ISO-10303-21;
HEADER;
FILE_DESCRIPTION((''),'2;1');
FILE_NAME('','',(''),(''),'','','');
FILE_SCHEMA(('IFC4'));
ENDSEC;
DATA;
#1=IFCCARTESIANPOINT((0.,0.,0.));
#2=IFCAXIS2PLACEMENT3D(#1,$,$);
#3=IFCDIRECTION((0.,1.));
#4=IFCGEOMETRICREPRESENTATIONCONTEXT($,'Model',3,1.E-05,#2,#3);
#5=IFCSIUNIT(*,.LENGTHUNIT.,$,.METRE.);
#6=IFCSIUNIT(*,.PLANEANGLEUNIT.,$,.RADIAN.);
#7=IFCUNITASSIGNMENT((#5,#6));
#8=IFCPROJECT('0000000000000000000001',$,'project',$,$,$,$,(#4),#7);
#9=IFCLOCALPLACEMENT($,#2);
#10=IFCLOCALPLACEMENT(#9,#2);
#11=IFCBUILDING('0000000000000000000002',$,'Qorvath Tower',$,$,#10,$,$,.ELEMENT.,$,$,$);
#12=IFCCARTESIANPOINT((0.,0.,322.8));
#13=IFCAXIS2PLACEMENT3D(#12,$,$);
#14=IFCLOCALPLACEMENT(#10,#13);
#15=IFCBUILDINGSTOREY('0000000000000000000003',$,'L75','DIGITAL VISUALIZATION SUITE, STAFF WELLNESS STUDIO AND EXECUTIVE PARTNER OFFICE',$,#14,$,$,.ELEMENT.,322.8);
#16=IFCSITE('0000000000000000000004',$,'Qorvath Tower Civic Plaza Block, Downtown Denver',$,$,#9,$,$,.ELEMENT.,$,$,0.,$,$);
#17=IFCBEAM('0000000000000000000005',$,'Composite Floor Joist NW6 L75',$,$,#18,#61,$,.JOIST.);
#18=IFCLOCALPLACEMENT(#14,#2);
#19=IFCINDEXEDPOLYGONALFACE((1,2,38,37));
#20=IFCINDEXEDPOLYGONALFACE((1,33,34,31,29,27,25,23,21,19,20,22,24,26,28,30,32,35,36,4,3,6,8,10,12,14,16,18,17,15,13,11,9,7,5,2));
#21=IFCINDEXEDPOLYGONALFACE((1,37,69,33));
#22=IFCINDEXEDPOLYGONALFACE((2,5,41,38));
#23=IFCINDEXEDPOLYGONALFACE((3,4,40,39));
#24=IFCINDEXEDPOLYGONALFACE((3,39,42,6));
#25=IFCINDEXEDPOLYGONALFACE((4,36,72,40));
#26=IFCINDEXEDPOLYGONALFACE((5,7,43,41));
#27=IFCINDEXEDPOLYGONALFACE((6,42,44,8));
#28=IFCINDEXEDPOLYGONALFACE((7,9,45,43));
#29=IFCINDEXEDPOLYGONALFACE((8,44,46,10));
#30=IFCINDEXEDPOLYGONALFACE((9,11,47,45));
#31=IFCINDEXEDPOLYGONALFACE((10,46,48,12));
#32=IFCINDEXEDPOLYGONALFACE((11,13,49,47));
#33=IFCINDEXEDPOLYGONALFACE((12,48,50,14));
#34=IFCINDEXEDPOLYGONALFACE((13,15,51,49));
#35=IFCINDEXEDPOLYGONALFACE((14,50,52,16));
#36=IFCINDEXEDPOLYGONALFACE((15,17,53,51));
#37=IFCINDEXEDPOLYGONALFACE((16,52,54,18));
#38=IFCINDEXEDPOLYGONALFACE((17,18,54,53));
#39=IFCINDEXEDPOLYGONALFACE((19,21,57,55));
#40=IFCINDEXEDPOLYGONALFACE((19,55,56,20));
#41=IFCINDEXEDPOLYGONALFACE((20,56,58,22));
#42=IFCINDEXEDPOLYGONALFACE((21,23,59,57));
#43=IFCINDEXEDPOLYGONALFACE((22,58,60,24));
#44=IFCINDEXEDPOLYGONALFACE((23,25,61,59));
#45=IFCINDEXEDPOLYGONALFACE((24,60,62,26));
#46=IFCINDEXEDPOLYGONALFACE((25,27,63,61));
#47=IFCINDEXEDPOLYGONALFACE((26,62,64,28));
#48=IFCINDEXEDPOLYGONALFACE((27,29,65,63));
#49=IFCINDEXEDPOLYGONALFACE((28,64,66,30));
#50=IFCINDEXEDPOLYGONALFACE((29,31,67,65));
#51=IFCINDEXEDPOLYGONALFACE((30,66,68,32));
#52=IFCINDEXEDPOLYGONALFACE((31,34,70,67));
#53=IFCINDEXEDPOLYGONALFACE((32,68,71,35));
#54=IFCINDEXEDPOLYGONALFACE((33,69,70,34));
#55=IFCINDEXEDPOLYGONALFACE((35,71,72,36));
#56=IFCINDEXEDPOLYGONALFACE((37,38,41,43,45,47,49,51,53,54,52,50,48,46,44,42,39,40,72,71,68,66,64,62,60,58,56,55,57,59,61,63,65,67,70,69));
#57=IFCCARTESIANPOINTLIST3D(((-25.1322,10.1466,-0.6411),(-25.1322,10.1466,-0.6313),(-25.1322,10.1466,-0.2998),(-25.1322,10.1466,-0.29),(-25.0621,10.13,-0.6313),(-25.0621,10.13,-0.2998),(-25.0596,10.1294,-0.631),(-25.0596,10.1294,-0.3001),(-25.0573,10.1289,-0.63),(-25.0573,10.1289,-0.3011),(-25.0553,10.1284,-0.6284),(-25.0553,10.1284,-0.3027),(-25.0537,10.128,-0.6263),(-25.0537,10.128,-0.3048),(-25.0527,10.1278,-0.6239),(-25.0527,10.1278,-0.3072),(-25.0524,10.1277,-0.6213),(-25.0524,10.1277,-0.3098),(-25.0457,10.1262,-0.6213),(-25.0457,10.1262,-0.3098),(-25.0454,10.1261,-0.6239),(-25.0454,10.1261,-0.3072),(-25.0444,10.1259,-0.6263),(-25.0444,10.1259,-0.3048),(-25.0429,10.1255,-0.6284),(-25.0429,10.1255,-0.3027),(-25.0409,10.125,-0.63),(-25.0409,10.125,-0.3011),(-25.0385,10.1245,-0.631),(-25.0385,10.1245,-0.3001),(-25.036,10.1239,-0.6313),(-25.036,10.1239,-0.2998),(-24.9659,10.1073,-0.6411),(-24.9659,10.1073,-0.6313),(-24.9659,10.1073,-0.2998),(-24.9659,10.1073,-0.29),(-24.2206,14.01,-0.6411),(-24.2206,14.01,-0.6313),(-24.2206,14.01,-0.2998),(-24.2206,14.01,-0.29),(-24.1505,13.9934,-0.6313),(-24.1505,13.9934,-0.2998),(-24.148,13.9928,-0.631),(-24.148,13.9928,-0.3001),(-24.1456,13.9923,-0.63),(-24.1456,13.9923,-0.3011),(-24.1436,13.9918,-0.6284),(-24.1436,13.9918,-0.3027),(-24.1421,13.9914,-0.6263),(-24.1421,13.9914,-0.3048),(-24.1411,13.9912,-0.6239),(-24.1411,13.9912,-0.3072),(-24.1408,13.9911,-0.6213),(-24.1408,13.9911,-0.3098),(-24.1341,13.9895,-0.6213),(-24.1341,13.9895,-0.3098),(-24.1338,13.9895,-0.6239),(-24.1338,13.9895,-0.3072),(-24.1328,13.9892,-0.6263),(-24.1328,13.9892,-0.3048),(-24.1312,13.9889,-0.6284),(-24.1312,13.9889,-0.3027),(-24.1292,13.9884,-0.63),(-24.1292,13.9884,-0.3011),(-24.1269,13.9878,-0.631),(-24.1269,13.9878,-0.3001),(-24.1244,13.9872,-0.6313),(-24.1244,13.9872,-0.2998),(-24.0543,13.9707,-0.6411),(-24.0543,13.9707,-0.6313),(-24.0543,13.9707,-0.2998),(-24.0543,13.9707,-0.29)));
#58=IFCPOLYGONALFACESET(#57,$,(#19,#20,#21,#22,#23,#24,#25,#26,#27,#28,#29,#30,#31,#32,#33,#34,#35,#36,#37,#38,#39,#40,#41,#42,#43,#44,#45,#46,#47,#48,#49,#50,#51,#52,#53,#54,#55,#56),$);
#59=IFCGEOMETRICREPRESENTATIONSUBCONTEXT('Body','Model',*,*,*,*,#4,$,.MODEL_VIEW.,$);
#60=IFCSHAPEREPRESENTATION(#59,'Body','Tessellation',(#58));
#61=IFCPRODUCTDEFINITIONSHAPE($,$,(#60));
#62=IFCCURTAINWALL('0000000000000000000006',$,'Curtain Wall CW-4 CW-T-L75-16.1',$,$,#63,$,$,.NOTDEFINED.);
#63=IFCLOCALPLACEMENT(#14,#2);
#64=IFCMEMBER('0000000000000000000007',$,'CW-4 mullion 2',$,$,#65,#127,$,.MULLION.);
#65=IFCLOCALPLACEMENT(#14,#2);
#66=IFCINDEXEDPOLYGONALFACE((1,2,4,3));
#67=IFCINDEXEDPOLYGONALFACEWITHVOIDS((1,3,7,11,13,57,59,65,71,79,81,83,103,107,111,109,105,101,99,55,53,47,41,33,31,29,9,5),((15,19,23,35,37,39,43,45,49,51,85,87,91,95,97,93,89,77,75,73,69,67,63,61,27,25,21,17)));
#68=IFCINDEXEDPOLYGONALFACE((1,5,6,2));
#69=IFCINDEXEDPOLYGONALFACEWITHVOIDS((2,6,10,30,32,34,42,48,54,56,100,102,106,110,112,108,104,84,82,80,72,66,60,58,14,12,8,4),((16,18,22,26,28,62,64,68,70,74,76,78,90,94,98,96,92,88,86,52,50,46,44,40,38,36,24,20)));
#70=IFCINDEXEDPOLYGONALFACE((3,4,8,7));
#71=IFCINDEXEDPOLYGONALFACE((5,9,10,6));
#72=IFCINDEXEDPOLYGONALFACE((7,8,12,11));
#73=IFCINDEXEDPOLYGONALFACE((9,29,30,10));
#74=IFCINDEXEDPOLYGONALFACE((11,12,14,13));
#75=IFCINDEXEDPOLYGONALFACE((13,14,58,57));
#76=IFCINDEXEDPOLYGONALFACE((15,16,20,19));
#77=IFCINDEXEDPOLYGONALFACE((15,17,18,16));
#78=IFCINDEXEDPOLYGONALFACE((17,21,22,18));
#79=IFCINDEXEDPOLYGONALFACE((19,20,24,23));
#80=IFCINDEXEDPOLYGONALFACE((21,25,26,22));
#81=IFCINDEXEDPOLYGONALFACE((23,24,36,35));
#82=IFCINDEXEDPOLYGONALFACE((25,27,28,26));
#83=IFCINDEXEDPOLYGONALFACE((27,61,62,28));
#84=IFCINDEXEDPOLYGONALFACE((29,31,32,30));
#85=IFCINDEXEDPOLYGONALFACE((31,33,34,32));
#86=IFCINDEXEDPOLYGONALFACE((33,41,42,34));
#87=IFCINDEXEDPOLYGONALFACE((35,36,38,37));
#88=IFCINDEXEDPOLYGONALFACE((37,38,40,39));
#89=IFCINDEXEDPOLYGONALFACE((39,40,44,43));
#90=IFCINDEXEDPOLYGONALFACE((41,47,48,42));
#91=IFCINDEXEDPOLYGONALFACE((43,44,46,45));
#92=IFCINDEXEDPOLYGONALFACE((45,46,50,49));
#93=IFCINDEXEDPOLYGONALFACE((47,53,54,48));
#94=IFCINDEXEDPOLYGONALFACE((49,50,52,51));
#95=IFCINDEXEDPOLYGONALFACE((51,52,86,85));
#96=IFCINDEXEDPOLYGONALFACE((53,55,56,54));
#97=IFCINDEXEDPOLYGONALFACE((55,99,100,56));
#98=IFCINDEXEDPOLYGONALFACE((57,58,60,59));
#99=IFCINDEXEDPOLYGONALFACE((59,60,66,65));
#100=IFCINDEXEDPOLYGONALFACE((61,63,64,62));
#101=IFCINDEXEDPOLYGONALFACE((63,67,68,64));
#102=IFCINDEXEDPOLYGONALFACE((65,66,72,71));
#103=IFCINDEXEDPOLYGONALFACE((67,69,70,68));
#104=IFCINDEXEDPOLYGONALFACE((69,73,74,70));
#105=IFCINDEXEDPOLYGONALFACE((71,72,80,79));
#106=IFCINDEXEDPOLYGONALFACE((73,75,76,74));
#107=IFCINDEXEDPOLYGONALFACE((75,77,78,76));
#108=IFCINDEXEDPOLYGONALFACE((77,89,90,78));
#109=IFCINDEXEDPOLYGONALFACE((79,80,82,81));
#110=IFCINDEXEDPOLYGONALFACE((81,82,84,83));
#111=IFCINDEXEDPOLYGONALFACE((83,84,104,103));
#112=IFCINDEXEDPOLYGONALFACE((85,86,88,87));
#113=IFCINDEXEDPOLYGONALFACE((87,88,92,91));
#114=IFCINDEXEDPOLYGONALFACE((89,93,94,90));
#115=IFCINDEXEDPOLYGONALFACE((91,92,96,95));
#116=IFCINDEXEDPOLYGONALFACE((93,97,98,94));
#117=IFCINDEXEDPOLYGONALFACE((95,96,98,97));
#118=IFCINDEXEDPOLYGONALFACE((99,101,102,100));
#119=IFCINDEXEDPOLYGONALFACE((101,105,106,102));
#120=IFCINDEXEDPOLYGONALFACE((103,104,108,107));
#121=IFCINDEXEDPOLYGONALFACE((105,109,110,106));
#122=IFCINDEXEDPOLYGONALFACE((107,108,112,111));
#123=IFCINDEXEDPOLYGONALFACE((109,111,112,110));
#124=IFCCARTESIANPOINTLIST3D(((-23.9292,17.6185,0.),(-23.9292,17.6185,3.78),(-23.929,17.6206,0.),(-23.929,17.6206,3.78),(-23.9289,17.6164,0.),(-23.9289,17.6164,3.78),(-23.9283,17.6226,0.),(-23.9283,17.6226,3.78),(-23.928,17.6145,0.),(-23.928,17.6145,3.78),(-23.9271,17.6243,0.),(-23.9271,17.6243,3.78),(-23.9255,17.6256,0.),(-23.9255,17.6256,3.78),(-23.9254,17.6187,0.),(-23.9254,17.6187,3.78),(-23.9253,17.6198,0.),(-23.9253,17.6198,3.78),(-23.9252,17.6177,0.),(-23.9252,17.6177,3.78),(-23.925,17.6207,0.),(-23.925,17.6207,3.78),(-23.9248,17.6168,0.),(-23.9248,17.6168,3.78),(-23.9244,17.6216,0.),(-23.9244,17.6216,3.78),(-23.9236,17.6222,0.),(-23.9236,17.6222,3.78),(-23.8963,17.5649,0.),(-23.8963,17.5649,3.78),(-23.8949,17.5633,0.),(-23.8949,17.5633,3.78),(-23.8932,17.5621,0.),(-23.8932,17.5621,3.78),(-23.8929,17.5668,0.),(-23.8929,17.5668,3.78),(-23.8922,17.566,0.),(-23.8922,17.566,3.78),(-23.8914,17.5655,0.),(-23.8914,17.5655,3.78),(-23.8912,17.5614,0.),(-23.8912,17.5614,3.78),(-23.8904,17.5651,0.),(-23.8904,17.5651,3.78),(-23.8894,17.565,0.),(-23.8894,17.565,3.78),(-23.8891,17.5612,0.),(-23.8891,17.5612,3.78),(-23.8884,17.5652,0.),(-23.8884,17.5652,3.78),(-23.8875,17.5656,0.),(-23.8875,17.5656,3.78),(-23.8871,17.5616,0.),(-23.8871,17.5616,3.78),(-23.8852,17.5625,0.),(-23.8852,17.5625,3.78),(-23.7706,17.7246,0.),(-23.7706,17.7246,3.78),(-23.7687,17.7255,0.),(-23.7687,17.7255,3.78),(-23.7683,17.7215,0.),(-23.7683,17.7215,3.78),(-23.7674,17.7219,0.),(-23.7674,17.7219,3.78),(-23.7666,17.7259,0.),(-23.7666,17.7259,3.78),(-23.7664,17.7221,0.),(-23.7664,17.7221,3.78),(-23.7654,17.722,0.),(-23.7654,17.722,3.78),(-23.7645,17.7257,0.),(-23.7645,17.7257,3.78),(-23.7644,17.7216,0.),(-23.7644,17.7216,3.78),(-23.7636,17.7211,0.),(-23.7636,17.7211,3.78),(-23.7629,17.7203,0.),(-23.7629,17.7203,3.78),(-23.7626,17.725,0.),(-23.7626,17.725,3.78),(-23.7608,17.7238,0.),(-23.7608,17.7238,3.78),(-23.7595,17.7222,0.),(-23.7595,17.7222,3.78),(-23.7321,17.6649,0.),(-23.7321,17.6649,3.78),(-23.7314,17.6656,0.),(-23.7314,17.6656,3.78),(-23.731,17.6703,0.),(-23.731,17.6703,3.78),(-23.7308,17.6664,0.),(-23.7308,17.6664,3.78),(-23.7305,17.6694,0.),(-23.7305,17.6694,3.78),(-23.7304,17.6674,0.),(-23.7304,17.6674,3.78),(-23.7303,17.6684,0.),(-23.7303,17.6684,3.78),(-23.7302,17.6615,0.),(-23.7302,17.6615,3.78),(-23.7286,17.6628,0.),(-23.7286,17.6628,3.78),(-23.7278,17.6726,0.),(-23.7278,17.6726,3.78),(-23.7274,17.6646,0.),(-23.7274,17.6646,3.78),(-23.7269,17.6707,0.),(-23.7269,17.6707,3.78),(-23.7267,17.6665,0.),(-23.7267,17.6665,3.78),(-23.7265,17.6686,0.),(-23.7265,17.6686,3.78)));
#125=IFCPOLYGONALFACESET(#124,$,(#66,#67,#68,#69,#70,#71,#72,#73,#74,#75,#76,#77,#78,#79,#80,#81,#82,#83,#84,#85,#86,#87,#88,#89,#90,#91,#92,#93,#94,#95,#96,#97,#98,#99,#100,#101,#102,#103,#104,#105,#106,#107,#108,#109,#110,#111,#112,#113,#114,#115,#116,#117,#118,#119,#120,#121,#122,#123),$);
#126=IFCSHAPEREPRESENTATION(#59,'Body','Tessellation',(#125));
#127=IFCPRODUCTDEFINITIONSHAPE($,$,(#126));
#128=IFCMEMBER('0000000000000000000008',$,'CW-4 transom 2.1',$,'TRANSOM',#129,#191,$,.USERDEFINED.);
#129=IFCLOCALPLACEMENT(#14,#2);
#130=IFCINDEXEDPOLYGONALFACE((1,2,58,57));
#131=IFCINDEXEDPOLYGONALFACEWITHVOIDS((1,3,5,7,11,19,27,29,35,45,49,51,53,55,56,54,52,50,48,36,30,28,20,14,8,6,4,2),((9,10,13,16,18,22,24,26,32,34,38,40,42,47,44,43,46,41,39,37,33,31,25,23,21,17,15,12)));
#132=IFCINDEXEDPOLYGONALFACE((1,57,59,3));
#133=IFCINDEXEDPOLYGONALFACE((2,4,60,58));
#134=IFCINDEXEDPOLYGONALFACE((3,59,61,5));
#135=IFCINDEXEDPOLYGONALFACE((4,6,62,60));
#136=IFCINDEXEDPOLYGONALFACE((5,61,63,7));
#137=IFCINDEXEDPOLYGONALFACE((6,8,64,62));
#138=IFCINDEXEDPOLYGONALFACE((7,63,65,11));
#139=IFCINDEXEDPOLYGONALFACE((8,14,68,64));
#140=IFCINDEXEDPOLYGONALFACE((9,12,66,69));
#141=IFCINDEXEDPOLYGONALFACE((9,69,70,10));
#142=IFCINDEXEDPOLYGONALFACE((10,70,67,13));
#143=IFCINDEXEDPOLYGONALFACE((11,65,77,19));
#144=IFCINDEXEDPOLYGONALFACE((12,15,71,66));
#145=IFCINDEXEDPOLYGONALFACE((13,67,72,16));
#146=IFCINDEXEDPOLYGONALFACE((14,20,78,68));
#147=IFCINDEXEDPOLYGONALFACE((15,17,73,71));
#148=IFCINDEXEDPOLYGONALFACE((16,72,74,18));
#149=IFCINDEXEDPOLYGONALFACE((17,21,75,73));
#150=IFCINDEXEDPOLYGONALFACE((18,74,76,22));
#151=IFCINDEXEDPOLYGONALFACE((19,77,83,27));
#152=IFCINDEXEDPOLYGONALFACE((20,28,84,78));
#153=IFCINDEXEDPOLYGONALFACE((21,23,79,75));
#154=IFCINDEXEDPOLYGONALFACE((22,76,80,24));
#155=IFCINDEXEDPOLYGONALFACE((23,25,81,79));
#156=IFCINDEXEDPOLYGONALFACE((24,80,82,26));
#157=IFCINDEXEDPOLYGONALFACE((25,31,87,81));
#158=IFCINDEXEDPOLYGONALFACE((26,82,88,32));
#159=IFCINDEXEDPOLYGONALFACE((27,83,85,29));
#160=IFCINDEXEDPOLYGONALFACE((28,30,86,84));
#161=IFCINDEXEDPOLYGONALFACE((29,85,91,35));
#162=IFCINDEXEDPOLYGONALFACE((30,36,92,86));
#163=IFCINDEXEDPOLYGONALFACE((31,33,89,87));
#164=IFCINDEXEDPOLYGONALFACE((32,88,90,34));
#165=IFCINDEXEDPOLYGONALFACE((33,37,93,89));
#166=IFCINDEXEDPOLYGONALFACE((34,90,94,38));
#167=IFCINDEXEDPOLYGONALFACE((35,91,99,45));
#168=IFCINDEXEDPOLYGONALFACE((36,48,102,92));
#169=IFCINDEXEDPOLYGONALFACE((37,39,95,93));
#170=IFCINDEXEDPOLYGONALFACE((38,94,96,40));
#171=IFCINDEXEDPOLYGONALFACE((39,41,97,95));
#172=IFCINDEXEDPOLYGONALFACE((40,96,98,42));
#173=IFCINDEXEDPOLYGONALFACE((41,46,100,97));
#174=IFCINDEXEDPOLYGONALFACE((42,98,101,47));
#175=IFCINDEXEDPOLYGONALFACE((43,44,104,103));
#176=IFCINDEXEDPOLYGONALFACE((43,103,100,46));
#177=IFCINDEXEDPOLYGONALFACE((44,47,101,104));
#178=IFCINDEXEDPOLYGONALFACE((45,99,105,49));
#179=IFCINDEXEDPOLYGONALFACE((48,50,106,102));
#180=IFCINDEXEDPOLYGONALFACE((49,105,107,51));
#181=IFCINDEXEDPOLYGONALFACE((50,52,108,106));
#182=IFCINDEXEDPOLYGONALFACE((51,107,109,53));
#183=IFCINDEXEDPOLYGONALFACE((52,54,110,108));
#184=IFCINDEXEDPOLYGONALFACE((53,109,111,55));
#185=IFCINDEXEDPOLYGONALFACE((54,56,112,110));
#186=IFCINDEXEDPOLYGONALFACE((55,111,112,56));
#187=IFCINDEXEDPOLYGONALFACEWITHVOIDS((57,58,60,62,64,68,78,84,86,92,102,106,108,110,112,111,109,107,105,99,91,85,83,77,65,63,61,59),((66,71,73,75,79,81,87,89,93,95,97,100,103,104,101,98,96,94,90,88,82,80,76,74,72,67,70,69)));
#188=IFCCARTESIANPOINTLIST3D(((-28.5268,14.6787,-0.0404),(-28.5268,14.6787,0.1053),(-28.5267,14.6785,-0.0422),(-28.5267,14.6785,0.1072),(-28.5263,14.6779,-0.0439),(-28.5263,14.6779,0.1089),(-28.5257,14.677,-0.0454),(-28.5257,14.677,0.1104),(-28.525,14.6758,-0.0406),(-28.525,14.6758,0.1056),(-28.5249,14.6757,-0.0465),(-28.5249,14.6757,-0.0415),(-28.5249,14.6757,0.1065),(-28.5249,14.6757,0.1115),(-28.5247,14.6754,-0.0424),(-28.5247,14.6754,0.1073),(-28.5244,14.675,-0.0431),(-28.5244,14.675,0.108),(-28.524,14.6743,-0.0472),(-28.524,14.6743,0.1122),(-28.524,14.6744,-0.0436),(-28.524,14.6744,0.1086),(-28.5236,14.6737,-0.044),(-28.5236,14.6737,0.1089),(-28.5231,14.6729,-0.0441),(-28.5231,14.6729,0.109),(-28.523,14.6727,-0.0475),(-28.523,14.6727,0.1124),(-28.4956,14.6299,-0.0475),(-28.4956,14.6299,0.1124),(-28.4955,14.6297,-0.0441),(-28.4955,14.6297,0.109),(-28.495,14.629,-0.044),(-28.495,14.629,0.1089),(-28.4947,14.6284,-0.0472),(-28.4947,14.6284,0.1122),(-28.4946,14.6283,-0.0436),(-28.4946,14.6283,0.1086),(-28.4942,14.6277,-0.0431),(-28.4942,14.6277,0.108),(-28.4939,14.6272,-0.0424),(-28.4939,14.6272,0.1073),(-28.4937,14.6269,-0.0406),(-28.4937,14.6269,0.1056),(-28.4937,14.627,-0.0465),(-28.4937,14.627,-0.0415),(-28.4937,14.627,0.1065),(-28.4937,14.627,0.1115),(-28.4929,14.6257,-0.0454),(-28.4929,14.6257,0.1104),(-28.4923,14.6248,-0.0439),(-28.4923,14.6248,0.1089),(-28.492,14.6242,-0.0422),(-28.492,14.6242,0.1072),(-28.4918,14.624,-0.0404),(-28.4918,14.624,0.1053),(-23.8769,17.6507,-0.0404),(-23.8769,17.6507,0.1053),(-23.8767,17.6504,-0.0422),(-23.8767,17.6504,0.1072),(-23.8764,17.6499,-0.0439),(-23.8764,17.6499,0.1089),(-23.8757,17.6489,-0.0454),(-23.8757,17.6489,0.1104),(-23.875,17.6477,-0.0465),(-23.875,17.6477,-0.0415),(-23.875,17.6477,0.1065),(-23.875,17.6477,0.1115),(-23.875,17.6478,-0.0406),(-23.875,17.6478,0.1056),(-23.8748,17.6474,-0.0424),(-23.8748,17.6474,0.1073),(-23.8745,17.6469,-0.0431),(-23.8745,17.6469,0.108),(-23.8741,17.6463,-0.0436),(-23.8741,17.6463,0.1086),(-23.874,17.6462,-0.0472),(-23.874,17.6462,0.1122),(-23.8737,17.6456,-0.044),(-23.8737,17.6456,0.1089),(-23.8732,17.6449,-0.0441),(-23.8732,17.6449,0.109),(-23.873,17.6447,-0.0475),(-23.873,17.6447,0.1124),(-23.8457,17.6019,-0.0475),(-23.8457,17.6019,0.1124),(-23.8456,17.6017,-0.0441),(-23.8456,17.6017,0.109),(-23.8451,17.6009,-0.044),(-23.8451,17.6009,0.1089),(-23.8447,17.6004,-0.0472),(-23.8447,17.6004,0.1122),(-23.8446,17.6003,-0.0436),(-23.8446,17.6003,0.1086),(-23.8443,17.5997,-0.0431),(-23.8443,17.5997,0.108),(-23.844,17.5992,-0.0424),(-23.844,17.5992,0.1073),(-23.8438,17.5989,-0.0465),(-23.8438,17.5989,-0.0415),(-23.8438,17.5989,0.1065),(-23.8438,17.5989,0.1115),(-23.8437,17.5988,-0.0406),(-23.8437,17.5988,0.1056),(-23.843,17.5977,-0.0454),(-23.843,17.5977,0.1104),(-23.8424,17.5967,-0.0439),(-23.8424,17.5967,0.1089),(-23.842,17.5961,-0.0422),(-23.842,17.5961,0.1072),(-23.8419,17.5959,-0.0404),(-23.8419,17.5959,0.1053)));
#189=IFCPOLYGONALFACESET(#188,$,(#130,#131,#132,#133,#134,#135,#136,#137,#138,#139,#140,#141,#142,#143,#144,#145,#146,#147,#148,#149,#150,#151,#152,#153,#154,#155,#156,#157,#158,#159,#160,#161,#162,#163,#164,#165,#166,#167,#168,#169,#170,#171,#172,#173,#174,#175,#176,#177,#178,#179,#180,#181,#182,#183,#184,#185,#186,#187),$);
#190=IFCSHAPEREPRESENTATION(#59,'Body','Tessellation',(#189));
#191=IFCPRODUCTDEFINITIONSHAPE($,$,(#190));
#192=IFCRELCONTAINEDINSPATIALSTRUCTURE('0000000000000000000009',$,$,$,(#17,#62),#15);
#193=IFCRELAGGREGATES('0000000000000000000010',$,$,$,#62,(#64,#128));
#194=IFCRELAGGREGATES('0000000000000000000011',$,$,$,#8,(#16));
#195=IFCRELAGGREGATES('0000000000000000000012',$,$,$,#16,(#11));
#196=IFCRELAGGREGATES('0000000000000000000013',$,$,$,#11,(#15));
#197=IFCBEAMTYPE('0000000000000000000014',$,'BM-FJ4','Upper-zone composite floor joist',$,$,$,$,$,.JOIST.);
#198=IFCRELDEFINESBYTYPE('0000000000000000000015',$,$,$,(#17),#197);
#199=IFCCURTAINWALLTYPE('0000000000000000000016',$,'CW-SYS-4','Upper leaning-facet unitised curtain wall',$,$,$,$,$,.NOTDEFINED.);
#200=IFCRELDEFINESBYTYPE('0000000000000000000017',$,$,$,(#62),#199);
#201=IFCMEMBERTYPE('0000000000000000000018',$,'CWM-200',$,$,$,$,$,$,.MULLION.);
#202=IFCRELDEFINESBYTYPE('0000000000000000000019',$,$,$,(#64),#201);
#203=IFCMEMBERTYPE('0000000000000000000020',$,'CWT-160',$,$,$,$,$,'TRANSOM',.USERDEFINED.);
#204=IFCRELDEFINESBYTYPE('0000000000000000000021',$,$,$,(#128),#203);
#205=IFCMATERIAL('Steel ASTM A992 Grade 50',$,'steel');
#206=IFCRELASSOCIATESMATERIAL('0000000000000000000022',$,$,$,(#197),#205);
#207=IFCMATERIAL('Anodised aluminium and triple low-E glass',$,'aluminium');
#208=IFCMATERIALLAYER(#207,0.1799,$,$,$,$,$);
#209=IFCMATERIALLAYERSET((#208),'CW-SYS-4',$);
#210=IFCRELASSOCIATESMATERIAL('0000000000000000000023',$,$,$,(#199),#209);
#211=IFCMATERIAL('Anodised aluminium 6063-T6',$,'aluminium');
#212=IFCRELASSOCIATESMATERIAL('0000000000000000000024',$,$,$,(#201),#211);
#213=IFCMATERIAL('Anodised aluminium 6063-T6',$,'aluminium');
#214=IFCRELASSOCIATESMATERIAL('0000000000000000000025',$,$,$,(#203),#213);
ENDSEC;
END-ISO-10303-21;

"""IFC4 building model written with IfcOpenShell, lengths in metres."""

from ifc_helpers import new_model, si_unit, direction, frame, origin, origin_2d, place, context, subcontext, project, spatial, hollow_rectangle, i_section, extrude, material, layer, layer_set, material_profile, profile_set, type_object, element, aggregate, save


model = new_model("IFC4")

# Units and contexts
model_context = context("Model", 3, precision=1e-05, world=origin(), true_north=direction((0.0, 1.0)))
body_context = subcontext(model_context, "Body", "Model", "MODEL_VIEW")
ifc_project = project(units=[si_unit("LENGTHUNIT", "METRE"), si_unit("PLANEANGLEUNIT", "RADIAN")], contexts=[model_context])

# Site, building, storey
site_placement = place(None, origin())
site = spatial("IfcSite", under=ifc_project, at=site_placement, Name="Qorvath Tower Civic Plaza Block, Downtown Denver", CompositionType="ELEMENT", RefElevation=0.0)
building_placement = place(site_placement, origin())
building = spatial("IfcBuilding", under=site, at=building_placement, Name="Qorvath Tower", CompositionType="ELEMENT")
storey_placement = place(building_placement, frame((0.0, 0.0, 322.8)))
storey = spatial("IfcBuildingStorey", under=building, at=storey_placement, Name="L75", Description="DIGITAL VISUALIZATION SUITE, STAFF WELLNESS STUDIO AND EXECUTIVE PARTNER OFFICE", CompositionType="ELEMENT", Elevation=322.8)

# Beam
ifc_material_1 = material(Name="Steel ASTM A992 Grade 50", Category="steel")
ifc_material_profile_1 = material_profile(ifc_material_1, i_section(OverallWidth=0.1709, OverallDepth=0.3511, WebThickness=0.0068, FlangeThickness=0.0098, FilletRadius=0.01, at=origin_2d()), Name="W14x30")
ifc_profile_set_1 = profile_set([ifc_material_profile_1], Name="Steel ASTM A992 Grade 50")
beam_type_1 = type_object("IfcBeamType", Name="BM-FJ4", Description="Upper-zone composite floor joist", PredefinedType="JOIST", material=ifc_profile_set_1)
beam_1_placement = place(storey_placement, frame((-25.0491, 10.127, -0.4656), z_axis=(0.229663, 0.97327, 0.0), x_axis=(-0.97327, 0.229663, 0.0)))
element("IfcBeam", 1, at=beam_1_placement, inside=storey, type_object=beam_type_1, Name="Composite Floor Joist NW6 L75", PredefinedType="JOIST", context=body_context, shape_type="SweptSolid", body=[
    extrude(i_section(OverallWidth=0.1709, OverallDepth=0.3511, WebThickness=0.0068, FlangeThickness=0.0098, FilletRadius=0.01, at=origin_2d()), origin(), (0.0, 0.0, 1.0), 3.9695),
])

# Curtain wall, members
ifc_material_2 = material(Name="Anodised aluminium and triple low-E glass", Category="aluminium")
ifc_layer_1 = layer(ifc_material_2, 0.1799)
ifc_layer_set_1 = layer_set([ifc_layer_1], Name="CW-SYS-4")
curtain_wall_type = type_object("IfcCurtainWallType", Name="CW-SYS-4", Description="Upper leaning-facet unitised curtain wall", PredefinedType="NOTDEFINED", material=ifc_layer_set_1)
curtain_wall_placement = place(storey_placement, origin())
curtain_wall = element("IfcCurtainWall", 2, at=curtain_wall_placement, inside=storey, type_object=curtain_wall_type, Name="Curtain Wall CW-4 CW-T-L75-16.1", PredefinedType="NOTDEFINED")
ifc_material_3 = material(Name="Anodised aluminium 6063-T6", Category="aluminium")
ifc_material_profile_2 = material_profile(ifc_material_3, hollow_rectangle(XDim=0.075, YDim=0.2, WallThickness=0.0039, InnerFilletRadius=0.0039, OuterFilletRadius=0.0081, at=origin_2d()), Name="CWM 200x75")
ifc_profile_set_2 = profile_set([ifc_material_profile_2], Name="Anodised aluminium 6063-T6")
member_type_1 = type_object("IfcMemberType", Name="CWM-200", PredefinedType="MULLION", material=ifc_profile_set_2)
member_1_placement = place(storey_placement, frame((-23.8279, 17.6436, 0.0), z_axis=(0.0, 0.0, 1.0), x_axis=(0.538536, -0.842603, 0.0)))
member_1 = element("IfcMember", 3, at=member_1_placement, type_object=member_type_1, Name="CW-4 mullion 2", PredefinedType="MULLION", context=body_context, shape_type="SweptSolid", body=[
    extrude(hollow_rectangle(XDim=0.075, YDim=0.2, WallThickness=0.0039, InnerFilletRadius=0.0039, OuterFilletRadius=0.0081, at=origin_2d()), origin(), (0.0, 0.0, 1.0), 3.78),
])
ifc_material_4 = material(Name="Anodised aluminium 6063-T6", Category="aluminium")
ifc_material_profile_3 = material_profile(ifc_material_4, hollow_rectangle(XDim=0.0649, YDim=0.1599, WallThickness=0.0034, InnerFilletRadius=0.0034, OuterFilletRadius=0.0071, at=origin_2d()), Name="CWT 160x65")
ifc_profile_set_3 = profile_set([ifc_material_profile_3], Name="Anodised aluminium 6063-T6")
member_type_2 = type_object("IfcMemberType", Name="CWT-160", ElementType="TRANSOM", PredefinedType="USERDEFINED", material=ifc_profile_set_3)
member_2_placement = place(storey_placement, frame((-23.8594, 17.6233, 0.0325), z_axis=(-0.842601, -0.538538, 0.0), x_axis=(0.538538, -0.842601, 0.0)))
member_2 = element("IfcMember", 4, at=member_2_placement, type_object=member_type_2, Name="CW-4 transom 2.1", ObjectType="TRANSOM", PredefinedType="USERDEFINED", context=body_context, shape_type="SweptSolid", body=[
    extrude(hollow_rectangle(XDim=0.0649, YDim=0.1599, WallThickness=0.0034, InnerFilletRadius=0.0034, OuterFilletRadius=0.0071, at=origin_2d()), origin(), (0.0, 0.0, 1.0), 5.5186),
])
aggregate(curtain_wall, [member_1, member_2])

save(model, "model.ifc")
